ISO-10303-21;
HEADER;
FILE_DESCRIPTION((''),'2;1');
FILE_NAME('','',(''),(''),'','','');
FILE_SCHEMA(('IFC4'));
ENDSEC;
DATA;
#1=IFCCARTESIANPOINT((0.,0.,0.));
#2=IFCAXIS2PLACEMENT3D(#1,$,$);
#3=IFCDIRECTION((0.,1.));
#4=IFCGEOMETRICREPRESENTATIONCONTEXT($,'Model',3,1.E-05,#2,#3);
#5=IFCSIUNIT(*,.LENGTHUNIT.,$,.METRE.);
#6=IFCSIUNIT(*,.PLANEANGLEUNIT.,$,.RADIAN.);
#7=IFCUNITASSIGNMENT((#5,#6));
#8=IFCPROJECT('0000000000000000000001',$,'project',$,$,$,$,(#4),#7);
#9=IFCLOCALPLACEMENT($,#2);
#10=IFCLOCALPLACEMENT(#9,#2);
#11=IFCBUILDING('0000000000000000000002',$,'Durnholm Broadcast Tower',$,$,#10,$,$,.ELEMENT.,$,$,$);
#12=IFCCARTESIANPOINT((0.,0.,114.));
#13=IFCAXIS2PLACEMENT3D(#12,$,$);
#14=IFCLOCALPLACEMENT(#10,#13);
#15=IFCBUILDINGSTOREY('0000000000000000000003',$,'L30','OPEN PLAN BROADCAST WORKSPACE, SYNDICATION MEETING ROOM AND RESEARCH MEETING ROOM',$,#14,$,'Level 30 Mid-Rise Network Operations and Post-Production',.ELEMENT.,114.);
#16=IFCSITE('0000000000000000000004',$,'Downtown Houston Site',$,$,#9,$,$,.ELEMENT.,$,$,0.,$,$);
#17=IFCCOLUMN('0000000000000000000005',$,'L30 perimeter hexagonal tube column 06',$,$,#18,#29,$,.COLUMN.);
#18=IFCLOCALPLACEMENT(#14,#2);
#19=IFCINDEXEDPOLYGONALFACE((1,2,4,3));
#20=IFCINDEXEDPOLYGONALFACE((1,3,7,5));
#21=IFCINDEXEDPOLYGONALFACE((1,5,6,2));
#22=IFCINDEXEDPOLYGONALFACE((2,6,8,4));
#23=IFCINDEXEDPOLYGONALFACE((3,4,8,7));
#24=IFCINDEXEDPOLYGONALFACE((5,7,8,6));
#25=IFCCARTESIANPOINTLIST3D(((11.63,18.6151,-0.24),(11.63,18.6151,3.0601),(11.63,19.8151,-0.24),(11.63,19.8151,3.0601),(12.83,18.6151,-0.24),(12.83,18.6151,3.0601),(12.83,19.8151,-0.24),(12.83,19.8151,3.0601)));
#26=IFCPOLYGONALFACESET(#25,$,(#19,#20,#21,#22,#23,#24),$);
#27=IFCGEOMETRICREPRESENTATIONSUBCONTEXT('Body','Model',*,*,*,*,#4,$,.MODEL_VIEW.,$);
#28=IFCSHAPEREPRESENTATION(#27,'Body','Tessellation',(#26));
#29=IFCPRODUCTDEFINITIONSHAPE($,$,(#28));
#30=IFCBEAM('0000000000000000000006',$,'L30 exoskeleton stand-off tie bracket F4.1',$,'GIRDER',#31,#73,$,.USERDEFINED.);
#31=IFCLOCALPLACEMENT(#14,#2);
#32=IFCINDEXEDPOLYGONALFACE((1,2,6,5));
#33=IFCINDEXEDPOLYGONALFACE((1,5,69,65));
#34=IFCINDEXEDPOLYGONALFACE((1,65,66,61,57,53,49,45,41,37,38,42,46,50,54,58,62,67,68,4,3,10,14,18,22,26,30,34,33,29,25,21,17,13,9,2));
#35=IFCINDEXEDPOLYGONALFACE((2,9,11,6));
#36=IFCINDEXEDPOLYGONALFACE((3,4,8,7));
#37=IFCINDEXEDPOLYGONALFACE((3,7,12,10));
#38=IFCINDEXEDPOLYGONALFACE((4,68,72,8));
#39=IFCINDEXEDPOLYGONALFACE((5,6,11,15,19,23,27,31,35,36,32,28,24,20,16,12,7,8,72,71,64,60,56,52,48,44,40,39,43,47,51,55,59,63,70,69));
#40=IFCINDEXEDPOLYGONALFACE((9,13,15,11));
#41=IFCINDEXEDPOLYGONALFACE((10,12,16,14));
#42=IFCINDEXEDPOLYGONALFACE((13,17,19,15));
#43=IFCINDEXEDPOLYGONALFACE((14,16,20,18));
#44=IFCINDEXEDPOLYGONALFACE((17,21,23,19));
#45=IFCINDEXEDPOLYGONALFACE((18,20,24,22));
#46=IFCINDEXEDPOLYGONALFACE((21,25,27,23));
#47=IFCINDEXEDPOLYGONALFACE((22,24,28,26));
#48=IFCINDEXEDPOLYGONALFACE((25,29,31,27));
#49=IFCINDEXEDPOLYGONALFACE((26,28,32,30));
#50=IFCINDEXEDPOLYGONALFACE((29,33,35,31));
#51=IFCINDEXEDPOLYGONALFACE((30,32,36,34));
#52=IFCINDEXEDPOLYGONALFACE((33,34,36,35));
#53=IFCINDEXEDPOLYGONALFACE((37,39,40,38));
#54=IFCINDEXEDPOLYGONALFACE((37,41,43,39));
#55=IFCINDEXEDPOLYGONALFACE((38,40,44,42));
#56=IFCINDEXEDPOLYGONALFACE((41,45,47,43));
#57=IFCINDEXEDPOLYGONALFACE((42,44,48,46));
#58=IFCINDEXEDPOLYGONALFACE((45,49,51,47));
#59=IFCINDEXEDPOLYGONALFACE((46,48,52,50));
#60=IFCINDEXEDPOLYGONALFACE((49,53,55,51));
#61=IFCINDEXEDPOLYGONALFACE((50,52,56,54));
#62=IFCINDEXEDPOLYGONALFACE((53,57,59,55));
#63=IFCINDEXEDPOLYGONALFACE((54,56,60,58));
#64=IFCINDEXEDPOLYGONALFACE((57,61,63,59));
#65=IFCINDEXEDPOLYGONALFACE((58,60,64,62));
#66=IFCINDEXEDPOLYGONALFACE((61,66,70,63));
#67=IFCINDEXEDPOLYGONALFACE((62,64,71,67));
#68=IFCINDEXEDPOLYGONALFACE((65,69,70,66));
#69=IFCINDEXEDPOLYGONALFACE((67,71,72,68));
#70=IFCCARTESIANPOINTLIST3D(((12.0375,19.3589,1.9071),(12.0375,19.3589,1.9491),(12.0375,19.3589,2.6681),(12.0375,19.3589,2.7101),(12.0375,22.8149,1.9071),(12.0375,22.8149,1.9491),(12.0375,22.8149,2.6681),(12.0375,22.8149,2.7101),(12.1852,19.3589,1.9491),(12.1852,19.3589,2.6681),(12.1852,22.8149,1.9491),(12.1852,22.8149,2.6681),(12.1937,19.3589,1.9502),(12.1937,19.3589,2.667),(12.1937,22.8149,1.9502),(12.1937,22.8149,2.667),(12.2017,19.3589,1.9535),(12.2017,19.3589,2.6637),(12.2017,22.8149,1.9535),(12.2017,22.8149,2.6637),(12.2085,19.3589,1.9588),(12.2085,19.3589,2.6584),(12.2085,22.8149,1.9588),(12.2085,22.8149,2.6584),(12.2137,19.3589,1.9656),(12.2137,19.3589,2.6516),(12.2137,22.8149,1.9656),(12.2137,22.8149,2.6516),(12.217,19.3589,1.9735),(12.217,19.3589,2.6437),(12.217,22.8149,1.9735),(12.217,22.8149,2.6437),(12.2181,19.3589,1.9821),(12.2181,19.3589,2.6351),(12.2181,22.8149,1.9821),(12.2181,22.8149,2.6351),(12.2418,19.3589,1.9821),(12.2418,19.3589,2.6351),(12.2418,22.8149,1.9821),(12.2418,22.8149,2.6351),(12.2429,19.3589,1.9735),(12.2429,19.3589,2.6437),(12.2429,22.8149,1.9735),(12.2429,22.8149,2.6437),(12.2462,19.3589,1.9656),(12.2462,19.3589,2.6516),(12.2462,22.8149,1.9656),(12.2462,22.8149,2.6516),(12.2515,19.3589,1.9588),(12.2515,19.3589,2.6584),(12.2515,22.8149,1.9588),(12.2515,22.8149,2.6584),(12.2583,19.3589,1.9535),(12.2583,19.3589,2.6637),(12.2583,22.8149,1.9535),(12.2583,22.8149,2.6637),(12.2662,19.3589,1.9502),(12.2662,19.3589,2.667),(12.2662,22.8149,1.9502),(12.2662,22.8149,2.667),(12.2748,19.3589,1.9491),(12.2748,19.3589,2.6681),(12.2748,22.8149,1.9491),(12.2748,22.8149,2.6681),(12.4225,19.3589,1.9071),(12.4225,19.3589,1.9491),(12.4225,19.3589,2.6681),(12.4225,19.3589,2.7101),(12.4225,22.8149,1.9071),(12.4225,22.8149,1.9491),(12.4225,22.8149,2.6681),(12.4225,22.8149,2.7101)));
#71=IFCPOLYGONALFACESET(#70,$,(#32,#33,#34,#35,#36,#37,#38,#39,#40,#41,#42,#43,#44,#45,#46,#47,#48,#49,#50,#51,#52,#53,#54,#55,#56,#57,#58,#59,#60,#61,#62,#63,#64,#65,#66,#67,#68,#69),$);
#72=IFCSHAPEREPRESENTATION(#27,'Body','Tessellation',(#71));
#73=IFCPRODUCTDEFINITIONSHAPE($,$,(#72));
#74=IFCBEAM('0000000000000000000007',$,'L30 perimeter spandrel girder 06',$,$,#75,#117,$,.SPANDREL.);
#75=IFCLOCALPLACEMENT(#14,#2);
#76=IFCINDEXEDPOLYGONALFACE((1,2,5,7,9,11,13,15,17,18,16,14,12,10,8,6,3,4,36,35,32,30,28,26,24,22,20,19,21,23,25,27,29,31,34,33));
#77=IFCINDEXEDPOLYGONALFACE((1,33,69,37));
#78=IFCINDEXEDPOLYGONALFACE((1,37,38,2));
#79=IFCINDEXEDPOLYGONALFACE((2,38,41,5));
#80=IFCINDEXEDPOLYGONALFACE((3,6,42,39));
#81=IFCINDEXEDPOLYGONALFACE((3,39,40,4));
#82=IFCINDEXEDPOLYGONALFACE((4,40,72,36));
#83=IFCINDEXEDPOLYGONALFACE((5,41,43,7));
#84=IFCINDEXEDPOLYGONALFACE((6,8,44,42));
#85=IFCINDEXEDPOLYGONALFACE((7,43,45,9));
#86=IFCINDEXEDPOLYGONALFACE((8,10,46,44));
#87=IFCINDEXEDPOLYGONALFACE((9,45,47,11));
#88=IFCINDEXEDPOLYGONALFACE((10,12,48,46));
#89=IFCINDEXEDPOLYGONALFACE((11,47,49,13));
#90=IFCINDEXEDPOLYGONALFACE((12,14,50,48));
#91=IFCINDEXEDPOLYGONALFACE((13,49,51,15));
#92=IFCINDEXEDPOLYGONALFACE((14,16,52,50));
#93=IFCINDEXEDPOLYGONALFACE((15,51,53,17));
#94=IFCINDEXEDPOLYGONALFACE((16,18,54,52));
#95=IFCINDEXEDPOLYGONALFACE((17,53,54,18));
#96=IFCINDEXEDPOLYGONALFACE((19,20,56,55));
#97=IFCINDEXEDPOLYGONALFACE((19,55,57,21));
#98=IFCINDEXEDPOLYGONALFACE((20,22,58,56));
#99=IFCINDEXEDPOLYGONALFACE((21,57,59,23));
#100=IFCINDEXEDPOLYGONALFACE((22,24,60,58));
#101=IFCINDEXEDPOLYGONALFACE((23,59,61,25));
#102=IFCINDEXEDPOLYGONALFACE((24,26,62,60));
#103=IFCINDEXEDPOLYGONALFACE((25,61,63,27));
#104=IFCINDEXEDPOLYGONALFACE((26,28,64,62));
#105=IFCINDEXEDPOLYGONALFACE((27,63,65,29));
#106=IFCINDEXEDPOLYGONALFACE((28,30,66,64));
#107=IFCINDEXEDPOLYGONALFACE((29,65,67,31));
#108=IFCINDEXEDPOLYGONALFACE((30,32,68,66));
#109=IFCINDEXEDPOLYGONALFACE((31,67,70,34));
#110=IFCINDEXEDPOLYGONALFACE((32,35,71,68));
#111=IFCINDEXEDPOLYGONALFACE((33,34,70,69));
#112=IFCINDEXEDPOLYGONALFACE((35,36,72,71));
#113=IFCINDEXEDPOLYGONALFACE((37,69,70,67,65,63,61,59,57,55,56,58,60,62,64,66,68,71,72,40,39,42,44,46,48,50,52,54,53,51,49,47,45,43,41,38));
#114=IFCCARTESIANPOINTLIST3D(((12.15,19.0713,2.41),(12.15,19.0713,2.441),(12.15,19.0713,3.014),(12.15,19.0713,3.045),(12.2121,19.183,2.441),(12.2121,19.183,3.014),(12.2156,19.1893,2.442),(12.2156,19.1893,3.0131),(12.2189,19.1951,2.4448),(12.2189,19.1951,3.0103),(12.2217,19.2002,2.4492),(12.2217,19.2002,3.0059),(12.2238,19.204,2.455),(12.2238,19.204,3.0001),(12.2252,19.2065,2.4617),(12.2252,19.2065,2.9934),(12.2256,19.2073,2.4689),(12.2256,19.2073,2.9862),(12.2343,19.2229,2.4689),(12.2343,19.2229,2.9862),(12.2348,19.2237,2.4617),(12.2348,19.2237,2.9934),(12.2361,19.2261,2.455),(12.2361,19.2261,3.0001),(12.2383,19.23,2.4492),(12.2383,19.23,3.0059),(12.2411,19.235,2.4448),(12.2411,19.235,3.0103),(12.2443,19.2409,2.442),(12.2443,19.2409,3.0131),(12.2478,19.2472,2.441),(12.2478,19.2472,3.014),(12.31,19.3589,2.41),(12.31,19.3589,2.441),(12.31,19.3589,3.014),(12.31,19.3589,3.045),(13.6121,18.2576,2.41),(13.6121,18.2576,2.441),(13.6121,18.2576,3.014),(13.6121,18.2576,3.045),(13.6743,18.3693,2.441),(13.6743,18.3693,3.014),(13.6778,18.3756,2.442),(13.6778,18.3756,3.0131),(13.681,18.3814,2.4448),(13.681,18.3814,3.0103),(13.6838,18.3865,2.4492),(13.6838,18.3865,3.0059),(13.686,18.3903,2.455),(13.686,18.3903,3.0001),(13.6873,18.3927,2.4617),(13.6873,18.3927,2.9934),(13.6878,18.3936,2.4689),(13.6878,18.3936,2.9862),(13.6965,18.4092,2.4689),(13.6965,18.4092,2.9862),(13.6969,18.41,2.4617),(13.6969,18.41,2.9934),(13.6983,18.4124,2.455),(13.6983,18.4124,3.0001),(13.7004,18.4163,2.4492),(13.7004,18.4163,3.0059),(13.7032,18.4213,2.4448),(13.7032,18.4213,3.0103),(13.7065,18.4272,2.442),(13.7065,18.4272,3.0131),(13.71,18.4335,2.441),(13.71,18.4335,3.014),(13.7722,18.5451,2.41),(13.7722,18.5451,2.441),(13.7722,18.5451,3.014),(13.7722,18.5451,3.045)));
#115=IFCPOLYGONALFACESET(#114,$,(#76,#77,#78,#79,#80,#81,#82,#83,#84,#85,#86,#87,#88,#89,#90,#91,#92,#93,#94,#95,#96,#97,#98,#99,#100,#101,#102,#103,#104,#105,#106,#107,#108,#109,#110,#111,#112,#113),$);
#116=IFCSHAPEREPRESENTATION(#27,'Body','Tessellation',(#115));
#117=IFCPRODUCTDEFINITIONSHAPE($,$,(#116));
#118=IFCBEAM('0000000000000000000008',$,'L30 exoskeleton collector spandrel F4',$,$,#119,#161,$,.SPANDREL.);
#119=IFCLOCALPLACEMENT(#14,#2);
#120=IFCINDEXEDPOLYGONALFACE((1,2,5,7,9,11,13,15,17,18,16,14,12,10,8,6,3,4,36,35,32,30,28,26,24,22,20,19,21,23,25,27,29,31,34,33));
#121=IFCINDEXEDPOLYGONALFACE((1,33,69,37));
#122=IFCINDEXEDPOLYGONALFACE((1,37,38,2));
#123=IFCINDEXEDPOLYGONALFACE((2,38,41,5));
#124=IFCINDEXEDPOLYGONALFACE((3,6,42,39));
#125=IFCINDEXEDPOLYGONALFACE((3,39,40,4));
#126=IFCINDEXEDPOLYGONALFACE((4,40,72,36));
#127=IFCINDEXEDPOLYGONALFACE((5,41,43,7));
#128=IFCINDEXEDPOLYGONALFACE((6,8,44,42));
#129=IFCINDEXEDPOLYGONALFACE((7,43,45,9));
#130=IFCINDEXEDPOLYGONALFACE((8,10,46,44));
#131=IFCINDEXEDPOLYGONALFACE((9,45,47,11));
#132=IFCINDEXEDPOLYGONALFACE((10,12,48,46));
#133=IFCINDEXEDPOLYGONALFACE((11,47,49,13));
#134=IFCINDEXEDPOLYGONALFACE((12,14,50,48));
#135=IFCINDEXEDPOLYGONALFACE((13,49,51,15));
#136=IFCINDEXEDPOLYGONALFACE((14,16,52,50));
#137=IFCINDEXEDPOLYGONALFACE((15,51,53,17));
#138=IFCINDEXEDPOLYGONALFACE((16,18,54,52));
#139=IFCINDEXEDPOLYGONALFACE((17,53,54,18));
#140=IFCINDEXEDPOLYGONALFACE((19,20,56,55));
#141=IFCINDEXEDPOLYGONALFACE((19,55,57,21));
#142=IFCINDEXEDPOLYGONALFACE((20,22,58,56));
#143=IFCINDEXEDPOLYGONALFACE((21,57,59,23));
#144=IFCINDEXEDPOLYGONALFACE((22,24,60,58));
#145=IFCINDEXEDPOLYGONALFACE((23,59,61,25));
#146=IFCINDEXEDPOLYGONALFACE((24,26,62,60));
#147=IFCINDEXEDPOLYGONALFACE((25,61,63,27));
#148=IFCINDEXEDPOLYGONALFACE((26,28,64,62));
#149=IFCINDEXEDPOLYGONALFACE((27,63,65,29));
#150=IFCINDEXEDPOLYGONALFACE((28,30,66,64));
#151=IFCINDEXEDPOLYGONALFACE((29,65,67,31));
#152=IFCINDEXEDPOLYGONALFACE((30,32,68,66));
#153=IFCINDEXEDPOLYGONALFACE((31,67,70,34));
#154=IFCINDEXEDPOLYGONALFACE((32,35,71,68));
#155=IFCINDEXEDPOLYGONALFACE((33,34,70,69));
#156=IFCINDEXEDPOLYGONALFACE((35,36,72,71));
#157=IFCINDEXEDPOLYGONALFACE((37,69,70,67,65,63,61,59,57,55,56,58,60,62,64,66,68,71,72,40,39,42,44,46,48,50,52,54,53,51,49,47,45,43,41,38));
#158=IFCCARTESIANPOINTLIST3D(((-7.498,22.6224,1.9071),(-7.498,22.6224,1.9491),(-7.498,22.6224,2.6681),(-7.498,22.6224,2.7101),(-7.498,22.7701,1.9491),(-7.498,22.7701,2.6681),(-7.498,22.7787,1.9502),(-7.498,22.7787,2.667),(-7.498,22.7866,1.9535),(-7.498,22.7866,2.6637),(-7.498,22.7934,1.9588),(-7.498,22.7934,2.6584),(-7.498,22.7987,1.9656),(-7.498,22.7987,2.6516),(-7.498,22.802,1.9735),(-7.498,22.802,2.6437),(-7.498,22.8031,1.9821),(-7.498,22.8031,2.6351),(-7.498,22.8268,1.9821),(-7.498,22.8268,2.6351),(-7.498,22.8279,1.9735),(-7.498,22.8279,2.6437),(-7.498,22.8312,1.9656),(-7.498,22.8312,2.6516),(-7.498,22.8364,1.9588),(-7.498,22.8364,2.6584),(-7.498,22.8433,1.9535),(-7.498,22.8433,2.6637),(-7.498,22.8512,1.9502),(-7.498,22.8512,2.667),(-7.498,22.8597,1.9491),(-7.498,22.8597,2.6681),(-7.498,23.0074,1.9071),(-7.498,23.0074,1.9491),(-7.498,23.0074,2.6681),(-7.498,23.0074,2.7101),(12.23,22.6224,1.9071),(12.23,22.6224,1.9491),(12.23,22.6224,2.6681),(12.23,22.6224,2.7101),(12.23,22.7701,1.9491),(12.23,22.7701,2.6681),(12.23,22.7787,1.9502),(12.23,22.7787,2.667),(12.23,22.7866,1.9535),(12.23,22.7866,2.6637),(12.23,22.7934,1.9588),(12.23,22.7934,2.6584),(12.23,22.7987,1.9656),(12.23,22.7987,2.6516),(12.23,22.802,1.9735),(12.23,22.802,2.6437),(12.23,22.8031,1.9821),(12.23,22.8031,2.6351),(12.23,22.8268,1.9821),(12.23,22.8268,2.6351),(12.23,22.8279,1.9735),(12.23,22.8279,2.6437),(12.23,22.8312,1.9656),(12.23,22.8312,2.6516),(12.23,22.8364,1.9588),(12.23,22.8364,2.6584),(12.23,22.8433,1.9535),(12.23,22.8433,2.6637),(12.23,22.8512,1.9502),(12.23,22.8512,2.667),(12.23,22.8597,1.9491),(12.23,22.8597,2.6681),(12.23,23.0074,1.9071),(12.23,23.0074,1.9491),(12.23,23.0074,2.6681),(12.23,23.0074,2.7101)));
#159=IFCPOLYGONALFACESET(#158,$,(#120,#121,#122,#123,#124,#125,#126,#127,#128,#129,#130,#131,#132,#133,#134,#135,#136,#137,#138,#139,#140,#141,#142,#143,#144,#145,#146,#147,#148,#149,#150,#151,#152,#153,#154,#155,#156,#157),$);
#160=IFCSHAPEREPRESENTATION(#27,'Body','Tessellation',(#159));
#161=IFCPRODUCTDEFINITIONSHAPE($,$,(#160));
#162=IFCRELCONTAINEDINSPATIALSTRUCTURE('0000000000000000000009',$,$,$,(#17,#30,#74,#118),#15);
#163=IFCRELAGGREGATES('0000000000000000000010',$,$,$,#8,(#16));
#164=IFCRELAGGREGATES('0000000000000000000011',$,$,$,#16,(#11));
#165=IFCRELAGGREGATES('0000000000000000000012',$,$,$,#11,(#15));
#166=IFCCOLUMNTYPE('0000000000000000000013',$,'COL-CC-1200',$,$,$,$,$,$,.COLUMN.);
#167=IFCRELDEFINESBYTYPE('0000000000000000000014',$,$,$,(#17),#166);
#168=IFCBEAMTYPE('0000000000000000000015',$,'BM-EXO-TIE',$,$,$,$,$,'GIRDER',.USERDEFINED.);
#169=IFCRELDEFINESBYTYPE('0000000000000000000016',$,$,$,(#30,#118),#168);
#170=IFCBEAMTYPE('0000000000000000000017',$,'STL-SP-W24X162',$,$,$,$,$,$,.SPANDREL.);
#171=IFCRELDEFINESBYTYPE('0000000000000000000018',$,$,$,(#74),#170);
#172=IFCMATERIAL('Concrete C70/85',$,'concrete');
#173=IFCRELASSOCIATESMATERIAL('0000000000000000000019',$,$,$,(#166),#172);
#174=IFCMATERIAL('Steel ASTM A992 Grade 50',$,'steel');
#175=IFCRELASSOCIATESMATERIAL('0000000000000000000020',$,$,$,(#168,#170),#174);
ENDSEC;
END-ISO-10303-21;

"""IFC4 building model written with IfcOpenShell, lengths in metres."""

from ifc_helpers import new_model, si_unit, direction, frame, origin, origin_2d, place, context, subcontext, project, spatial, rectangle, i_section, extrude, source, transform, mapped, material, material_profile, profile_set, type_object, type_shapes, element, save


model = new_model("IFC4")

# Units and contexts
model_context = context("Model", 3, precision=1e-05, world=origin(), true_north=direction((0.0, 1.0)))
body_context = subcontext(model_context, "Body", "Model", "MODEL_VIEW")
ifc_project = project(units=[si_unit("LENGTHUNIT", "METRE"), si_unit("PLANEANGLEUNIT", "RADIAN")], contexts=[model_context])

# Site, building, storey
site_placement = place(None, origin())
site = spatial("IfcSite", under=ifc_project, at=site_placement, Name="Downtown Houston Site", CompositionType="ELEMENT", RefElevation=0.0)
building_placement = place(site_placement, origin())
building = spatial("IfcBuilding", under=site, at=building_placement, Name="Durnholm Broadcast Tower", CompositionType="ELEMENT")
storey_placement = place(building_placement, frame((0.0, 0.0, 114.0)))
storey = spatial("IfcBuildingStorey", under=building, at=storey_placement, Name="L30", Description="OPEN PLAN BROADCAST WORKSPACE, SYNDICATION MEETING ROOM AND RESEARCH MEETING ROOM", LongName="Level 30 Mid-Rise Network Operations and Post-Production", CompositionType="ELEMENT", Elevation=114.0)

# Column
ifc_material_1 = material(Name="Concrete C70/85", Category="concrete")
ifc_material_profile_1 = material_profile(ifc_material_1, rectangle(XDim=1.2, YDim=1.2, at=origin_2d()), Name="RC1200X1200")
ifc_profile_set_1 = profile_set([ifc_material_profile_1], Name="Concrete C70/85")
column_type = type_object("IfcColumnType", Name="COL-CC-1200", PredefinedType="COLUMN", material=ifc_profile_set_1)
shared_shape_1 = source(origin(), body_context, "Body", "SweptSolid", [
    extrude(rectangle(XDim=1.2, YDim=1.2, at=origin_2d()), origin(), (0.0, 0.0, 1.0), 3.3),
])
type_shapes(column_type, [shared_shape_1])
column_placement = place(storey_placement, frame((12.23, 19.2151, -0.24), z_axis=(0.0, 0.0, 1.0), x_axis=(1.0, 0.0, 0.0)))
element("IfcColumn", 1, at=column_placement, inside=storey, type_object=column_type, Name="L30 perimeter hexagonal tube column 06", PredefinedType="COLUMN", context=body_context, shape_type="MappedRepresentation", body=[
    mapped(shared_shape_1, transform((0.0, 0.0, 0.0), x_axis=(1.0, 0.0, 0.0), y_axis=(0.0, 1.0, 0.0), z_axis=(0.0, 0.0, 1.0), scale=1.0)),
])

# Beams
ifc_material_2 = material(Name="Steel ASTM A992 Grade 50", Category="steel")
ifc_material_profile_2 = material_profile(ifc_material_2, i_section(OverallWidth=0.385, OverallDepth=0.803, WebThickness=0.0237, FlangeThickness=0.042, FilletRadius=0.033, at=origin_2d()), Name="W30X261")
ifc_profile_set_2 = profile_set([ifc_material_profile_2], Name="Steel ASTM A992 Grade 50")
beam_type_1 = type_object("IfcBeamType", Name="BM-EXO-TIE", ElementType="GIRDER", PredefinedType="USERDEFINED", material=ifc_profile_set_2)
shared_shape_2 = source(origin(), body_context, "Body", "SweptSolid", [
    extrude(i_section(OverallWidth=0.385, OverallDepth=0.803, WebThickness=0.0237, FlangeThickness=0.042, FilletRadius=0.033, at=origin_2d()), origin(), (0.0, 0.0, 1.0), 3.4561),
])
beam_1_placement = place(storey_placement, frame((12.23, 19.3589, 2.3086), z_axis=(0.0, 1.0, 0.0), x_axis=(-1.0, 0.0, 0.0)))
element("IfcBeam", 2, at=beam_1_placement, inside=storey, type_object=beam_type_1, Name="L30 exoskeleton stand-off tie bracket F4.1", ObjectType="GIRDER", PredefinedType="USERDEFINED", context=body_context, shape_type="MappedRepresentation", body=[
    mapped(shared_shape_2, transform((0.0, 0.0, 0.0), x_axis=(1.0, 0.0, 0.0), y_axis=(0.0, 1.0, 0.0), z_axis=(0.0, 0.0, 1.0), scale=1.0)),
])
ifc_material_profile_3 = material_profile(ifc_material_2, i_section(OverallWidth=0.3291, OverallDepth=0.635, WebThickness=0.0178, FlangeThickness=0.031, FilletRadius=0.0278, at=origin_2d()), Name="W24X162")
ifc_profile_set_3 = profile_set([ifc_material_profile_3], Name="Steel ASTM A992 Grade 50")
beam_type_2 = type_object("IfcBeamType", Name="STL-SP-W24X162", PredefinedType="SPANDREL", material=ifc_profile_set_3)
shared_shape_3 = source(origin(), body_context, "Body", "SweptSolid", [
    extrude(i_section(OverallWidth=0.3291, OverallDepth=0.635, WebThickness=0.0178, FlangeThickness=0.031, FilletRadius=0.0278, at=origin_2d()), origin(), (0.0, 0.0, 1.0), 1.6733),
])
type_shapes(beam_type_2, [shared_shape_3])
beam_2_placement = place(storey_placement, frame((12.23, 19.2151, 2.7275), z_axis=(0.873799, -0.486287, 0.0), x_axis=(0.486287, 0.873799, 0.0)))
element("IfcBeam", 3, at=beam_2_placement, inside=storey, type_object=beam_type_2, Name="L30 perimeter spandrel girder 06", PredefinedType="SPANDREL", context=body_context, shape_type="MappedRepresentation", body=[
    mapped(shared_shape_3, transform((0.0, 0.0, 0.0), x_axis=(1.0, 0.0, 0.0), y_axis=(0.0, 1.0, 0.0), z_axis=(0.0, 0.0, 1.0), scale=1.0)),
])
shared_shape_4 = source(origin(), body_context, "Body", "SweptSolid", [
    extrude(i_section(OverallWidth=0.385, OverallDepth=0.803, WebThickness=0.0237, FlangeThickness=0.042, FilletRadius=0.033, at=origin_2d()), origin(), (0.0, 0.0, 1.0), 19.728),
])
type_shapes(beam_type_1, [shared_shape_2, shared_shape_4])
beam_3_placement = place(storey_placement, frame((12.23, 22.8149, 2.3086), z_axis=(-1.0, 0.0, 0.0), x_axis=(0.0, -1.0, 0.0)))
element("IfcBeam", 4, at=beam_3_placement, inside=storey, type_object=beam_type_1, Name="L30 exoskeleton collector spandrel F4", PredefinedType="SPANDREL", context=body_context, shape_type="MappedRepresentation", body=[
    mapped(shared_shape_4, transform((0.0, 0.0, 0.0), x_axis=(1.0, 0.0, 0.0), y_axis=(0.0, 1.0, 0.0), z_axis=(0.0, 0.0, 1.0), scale=1.0)),
])

save(model, "model.ifc")
